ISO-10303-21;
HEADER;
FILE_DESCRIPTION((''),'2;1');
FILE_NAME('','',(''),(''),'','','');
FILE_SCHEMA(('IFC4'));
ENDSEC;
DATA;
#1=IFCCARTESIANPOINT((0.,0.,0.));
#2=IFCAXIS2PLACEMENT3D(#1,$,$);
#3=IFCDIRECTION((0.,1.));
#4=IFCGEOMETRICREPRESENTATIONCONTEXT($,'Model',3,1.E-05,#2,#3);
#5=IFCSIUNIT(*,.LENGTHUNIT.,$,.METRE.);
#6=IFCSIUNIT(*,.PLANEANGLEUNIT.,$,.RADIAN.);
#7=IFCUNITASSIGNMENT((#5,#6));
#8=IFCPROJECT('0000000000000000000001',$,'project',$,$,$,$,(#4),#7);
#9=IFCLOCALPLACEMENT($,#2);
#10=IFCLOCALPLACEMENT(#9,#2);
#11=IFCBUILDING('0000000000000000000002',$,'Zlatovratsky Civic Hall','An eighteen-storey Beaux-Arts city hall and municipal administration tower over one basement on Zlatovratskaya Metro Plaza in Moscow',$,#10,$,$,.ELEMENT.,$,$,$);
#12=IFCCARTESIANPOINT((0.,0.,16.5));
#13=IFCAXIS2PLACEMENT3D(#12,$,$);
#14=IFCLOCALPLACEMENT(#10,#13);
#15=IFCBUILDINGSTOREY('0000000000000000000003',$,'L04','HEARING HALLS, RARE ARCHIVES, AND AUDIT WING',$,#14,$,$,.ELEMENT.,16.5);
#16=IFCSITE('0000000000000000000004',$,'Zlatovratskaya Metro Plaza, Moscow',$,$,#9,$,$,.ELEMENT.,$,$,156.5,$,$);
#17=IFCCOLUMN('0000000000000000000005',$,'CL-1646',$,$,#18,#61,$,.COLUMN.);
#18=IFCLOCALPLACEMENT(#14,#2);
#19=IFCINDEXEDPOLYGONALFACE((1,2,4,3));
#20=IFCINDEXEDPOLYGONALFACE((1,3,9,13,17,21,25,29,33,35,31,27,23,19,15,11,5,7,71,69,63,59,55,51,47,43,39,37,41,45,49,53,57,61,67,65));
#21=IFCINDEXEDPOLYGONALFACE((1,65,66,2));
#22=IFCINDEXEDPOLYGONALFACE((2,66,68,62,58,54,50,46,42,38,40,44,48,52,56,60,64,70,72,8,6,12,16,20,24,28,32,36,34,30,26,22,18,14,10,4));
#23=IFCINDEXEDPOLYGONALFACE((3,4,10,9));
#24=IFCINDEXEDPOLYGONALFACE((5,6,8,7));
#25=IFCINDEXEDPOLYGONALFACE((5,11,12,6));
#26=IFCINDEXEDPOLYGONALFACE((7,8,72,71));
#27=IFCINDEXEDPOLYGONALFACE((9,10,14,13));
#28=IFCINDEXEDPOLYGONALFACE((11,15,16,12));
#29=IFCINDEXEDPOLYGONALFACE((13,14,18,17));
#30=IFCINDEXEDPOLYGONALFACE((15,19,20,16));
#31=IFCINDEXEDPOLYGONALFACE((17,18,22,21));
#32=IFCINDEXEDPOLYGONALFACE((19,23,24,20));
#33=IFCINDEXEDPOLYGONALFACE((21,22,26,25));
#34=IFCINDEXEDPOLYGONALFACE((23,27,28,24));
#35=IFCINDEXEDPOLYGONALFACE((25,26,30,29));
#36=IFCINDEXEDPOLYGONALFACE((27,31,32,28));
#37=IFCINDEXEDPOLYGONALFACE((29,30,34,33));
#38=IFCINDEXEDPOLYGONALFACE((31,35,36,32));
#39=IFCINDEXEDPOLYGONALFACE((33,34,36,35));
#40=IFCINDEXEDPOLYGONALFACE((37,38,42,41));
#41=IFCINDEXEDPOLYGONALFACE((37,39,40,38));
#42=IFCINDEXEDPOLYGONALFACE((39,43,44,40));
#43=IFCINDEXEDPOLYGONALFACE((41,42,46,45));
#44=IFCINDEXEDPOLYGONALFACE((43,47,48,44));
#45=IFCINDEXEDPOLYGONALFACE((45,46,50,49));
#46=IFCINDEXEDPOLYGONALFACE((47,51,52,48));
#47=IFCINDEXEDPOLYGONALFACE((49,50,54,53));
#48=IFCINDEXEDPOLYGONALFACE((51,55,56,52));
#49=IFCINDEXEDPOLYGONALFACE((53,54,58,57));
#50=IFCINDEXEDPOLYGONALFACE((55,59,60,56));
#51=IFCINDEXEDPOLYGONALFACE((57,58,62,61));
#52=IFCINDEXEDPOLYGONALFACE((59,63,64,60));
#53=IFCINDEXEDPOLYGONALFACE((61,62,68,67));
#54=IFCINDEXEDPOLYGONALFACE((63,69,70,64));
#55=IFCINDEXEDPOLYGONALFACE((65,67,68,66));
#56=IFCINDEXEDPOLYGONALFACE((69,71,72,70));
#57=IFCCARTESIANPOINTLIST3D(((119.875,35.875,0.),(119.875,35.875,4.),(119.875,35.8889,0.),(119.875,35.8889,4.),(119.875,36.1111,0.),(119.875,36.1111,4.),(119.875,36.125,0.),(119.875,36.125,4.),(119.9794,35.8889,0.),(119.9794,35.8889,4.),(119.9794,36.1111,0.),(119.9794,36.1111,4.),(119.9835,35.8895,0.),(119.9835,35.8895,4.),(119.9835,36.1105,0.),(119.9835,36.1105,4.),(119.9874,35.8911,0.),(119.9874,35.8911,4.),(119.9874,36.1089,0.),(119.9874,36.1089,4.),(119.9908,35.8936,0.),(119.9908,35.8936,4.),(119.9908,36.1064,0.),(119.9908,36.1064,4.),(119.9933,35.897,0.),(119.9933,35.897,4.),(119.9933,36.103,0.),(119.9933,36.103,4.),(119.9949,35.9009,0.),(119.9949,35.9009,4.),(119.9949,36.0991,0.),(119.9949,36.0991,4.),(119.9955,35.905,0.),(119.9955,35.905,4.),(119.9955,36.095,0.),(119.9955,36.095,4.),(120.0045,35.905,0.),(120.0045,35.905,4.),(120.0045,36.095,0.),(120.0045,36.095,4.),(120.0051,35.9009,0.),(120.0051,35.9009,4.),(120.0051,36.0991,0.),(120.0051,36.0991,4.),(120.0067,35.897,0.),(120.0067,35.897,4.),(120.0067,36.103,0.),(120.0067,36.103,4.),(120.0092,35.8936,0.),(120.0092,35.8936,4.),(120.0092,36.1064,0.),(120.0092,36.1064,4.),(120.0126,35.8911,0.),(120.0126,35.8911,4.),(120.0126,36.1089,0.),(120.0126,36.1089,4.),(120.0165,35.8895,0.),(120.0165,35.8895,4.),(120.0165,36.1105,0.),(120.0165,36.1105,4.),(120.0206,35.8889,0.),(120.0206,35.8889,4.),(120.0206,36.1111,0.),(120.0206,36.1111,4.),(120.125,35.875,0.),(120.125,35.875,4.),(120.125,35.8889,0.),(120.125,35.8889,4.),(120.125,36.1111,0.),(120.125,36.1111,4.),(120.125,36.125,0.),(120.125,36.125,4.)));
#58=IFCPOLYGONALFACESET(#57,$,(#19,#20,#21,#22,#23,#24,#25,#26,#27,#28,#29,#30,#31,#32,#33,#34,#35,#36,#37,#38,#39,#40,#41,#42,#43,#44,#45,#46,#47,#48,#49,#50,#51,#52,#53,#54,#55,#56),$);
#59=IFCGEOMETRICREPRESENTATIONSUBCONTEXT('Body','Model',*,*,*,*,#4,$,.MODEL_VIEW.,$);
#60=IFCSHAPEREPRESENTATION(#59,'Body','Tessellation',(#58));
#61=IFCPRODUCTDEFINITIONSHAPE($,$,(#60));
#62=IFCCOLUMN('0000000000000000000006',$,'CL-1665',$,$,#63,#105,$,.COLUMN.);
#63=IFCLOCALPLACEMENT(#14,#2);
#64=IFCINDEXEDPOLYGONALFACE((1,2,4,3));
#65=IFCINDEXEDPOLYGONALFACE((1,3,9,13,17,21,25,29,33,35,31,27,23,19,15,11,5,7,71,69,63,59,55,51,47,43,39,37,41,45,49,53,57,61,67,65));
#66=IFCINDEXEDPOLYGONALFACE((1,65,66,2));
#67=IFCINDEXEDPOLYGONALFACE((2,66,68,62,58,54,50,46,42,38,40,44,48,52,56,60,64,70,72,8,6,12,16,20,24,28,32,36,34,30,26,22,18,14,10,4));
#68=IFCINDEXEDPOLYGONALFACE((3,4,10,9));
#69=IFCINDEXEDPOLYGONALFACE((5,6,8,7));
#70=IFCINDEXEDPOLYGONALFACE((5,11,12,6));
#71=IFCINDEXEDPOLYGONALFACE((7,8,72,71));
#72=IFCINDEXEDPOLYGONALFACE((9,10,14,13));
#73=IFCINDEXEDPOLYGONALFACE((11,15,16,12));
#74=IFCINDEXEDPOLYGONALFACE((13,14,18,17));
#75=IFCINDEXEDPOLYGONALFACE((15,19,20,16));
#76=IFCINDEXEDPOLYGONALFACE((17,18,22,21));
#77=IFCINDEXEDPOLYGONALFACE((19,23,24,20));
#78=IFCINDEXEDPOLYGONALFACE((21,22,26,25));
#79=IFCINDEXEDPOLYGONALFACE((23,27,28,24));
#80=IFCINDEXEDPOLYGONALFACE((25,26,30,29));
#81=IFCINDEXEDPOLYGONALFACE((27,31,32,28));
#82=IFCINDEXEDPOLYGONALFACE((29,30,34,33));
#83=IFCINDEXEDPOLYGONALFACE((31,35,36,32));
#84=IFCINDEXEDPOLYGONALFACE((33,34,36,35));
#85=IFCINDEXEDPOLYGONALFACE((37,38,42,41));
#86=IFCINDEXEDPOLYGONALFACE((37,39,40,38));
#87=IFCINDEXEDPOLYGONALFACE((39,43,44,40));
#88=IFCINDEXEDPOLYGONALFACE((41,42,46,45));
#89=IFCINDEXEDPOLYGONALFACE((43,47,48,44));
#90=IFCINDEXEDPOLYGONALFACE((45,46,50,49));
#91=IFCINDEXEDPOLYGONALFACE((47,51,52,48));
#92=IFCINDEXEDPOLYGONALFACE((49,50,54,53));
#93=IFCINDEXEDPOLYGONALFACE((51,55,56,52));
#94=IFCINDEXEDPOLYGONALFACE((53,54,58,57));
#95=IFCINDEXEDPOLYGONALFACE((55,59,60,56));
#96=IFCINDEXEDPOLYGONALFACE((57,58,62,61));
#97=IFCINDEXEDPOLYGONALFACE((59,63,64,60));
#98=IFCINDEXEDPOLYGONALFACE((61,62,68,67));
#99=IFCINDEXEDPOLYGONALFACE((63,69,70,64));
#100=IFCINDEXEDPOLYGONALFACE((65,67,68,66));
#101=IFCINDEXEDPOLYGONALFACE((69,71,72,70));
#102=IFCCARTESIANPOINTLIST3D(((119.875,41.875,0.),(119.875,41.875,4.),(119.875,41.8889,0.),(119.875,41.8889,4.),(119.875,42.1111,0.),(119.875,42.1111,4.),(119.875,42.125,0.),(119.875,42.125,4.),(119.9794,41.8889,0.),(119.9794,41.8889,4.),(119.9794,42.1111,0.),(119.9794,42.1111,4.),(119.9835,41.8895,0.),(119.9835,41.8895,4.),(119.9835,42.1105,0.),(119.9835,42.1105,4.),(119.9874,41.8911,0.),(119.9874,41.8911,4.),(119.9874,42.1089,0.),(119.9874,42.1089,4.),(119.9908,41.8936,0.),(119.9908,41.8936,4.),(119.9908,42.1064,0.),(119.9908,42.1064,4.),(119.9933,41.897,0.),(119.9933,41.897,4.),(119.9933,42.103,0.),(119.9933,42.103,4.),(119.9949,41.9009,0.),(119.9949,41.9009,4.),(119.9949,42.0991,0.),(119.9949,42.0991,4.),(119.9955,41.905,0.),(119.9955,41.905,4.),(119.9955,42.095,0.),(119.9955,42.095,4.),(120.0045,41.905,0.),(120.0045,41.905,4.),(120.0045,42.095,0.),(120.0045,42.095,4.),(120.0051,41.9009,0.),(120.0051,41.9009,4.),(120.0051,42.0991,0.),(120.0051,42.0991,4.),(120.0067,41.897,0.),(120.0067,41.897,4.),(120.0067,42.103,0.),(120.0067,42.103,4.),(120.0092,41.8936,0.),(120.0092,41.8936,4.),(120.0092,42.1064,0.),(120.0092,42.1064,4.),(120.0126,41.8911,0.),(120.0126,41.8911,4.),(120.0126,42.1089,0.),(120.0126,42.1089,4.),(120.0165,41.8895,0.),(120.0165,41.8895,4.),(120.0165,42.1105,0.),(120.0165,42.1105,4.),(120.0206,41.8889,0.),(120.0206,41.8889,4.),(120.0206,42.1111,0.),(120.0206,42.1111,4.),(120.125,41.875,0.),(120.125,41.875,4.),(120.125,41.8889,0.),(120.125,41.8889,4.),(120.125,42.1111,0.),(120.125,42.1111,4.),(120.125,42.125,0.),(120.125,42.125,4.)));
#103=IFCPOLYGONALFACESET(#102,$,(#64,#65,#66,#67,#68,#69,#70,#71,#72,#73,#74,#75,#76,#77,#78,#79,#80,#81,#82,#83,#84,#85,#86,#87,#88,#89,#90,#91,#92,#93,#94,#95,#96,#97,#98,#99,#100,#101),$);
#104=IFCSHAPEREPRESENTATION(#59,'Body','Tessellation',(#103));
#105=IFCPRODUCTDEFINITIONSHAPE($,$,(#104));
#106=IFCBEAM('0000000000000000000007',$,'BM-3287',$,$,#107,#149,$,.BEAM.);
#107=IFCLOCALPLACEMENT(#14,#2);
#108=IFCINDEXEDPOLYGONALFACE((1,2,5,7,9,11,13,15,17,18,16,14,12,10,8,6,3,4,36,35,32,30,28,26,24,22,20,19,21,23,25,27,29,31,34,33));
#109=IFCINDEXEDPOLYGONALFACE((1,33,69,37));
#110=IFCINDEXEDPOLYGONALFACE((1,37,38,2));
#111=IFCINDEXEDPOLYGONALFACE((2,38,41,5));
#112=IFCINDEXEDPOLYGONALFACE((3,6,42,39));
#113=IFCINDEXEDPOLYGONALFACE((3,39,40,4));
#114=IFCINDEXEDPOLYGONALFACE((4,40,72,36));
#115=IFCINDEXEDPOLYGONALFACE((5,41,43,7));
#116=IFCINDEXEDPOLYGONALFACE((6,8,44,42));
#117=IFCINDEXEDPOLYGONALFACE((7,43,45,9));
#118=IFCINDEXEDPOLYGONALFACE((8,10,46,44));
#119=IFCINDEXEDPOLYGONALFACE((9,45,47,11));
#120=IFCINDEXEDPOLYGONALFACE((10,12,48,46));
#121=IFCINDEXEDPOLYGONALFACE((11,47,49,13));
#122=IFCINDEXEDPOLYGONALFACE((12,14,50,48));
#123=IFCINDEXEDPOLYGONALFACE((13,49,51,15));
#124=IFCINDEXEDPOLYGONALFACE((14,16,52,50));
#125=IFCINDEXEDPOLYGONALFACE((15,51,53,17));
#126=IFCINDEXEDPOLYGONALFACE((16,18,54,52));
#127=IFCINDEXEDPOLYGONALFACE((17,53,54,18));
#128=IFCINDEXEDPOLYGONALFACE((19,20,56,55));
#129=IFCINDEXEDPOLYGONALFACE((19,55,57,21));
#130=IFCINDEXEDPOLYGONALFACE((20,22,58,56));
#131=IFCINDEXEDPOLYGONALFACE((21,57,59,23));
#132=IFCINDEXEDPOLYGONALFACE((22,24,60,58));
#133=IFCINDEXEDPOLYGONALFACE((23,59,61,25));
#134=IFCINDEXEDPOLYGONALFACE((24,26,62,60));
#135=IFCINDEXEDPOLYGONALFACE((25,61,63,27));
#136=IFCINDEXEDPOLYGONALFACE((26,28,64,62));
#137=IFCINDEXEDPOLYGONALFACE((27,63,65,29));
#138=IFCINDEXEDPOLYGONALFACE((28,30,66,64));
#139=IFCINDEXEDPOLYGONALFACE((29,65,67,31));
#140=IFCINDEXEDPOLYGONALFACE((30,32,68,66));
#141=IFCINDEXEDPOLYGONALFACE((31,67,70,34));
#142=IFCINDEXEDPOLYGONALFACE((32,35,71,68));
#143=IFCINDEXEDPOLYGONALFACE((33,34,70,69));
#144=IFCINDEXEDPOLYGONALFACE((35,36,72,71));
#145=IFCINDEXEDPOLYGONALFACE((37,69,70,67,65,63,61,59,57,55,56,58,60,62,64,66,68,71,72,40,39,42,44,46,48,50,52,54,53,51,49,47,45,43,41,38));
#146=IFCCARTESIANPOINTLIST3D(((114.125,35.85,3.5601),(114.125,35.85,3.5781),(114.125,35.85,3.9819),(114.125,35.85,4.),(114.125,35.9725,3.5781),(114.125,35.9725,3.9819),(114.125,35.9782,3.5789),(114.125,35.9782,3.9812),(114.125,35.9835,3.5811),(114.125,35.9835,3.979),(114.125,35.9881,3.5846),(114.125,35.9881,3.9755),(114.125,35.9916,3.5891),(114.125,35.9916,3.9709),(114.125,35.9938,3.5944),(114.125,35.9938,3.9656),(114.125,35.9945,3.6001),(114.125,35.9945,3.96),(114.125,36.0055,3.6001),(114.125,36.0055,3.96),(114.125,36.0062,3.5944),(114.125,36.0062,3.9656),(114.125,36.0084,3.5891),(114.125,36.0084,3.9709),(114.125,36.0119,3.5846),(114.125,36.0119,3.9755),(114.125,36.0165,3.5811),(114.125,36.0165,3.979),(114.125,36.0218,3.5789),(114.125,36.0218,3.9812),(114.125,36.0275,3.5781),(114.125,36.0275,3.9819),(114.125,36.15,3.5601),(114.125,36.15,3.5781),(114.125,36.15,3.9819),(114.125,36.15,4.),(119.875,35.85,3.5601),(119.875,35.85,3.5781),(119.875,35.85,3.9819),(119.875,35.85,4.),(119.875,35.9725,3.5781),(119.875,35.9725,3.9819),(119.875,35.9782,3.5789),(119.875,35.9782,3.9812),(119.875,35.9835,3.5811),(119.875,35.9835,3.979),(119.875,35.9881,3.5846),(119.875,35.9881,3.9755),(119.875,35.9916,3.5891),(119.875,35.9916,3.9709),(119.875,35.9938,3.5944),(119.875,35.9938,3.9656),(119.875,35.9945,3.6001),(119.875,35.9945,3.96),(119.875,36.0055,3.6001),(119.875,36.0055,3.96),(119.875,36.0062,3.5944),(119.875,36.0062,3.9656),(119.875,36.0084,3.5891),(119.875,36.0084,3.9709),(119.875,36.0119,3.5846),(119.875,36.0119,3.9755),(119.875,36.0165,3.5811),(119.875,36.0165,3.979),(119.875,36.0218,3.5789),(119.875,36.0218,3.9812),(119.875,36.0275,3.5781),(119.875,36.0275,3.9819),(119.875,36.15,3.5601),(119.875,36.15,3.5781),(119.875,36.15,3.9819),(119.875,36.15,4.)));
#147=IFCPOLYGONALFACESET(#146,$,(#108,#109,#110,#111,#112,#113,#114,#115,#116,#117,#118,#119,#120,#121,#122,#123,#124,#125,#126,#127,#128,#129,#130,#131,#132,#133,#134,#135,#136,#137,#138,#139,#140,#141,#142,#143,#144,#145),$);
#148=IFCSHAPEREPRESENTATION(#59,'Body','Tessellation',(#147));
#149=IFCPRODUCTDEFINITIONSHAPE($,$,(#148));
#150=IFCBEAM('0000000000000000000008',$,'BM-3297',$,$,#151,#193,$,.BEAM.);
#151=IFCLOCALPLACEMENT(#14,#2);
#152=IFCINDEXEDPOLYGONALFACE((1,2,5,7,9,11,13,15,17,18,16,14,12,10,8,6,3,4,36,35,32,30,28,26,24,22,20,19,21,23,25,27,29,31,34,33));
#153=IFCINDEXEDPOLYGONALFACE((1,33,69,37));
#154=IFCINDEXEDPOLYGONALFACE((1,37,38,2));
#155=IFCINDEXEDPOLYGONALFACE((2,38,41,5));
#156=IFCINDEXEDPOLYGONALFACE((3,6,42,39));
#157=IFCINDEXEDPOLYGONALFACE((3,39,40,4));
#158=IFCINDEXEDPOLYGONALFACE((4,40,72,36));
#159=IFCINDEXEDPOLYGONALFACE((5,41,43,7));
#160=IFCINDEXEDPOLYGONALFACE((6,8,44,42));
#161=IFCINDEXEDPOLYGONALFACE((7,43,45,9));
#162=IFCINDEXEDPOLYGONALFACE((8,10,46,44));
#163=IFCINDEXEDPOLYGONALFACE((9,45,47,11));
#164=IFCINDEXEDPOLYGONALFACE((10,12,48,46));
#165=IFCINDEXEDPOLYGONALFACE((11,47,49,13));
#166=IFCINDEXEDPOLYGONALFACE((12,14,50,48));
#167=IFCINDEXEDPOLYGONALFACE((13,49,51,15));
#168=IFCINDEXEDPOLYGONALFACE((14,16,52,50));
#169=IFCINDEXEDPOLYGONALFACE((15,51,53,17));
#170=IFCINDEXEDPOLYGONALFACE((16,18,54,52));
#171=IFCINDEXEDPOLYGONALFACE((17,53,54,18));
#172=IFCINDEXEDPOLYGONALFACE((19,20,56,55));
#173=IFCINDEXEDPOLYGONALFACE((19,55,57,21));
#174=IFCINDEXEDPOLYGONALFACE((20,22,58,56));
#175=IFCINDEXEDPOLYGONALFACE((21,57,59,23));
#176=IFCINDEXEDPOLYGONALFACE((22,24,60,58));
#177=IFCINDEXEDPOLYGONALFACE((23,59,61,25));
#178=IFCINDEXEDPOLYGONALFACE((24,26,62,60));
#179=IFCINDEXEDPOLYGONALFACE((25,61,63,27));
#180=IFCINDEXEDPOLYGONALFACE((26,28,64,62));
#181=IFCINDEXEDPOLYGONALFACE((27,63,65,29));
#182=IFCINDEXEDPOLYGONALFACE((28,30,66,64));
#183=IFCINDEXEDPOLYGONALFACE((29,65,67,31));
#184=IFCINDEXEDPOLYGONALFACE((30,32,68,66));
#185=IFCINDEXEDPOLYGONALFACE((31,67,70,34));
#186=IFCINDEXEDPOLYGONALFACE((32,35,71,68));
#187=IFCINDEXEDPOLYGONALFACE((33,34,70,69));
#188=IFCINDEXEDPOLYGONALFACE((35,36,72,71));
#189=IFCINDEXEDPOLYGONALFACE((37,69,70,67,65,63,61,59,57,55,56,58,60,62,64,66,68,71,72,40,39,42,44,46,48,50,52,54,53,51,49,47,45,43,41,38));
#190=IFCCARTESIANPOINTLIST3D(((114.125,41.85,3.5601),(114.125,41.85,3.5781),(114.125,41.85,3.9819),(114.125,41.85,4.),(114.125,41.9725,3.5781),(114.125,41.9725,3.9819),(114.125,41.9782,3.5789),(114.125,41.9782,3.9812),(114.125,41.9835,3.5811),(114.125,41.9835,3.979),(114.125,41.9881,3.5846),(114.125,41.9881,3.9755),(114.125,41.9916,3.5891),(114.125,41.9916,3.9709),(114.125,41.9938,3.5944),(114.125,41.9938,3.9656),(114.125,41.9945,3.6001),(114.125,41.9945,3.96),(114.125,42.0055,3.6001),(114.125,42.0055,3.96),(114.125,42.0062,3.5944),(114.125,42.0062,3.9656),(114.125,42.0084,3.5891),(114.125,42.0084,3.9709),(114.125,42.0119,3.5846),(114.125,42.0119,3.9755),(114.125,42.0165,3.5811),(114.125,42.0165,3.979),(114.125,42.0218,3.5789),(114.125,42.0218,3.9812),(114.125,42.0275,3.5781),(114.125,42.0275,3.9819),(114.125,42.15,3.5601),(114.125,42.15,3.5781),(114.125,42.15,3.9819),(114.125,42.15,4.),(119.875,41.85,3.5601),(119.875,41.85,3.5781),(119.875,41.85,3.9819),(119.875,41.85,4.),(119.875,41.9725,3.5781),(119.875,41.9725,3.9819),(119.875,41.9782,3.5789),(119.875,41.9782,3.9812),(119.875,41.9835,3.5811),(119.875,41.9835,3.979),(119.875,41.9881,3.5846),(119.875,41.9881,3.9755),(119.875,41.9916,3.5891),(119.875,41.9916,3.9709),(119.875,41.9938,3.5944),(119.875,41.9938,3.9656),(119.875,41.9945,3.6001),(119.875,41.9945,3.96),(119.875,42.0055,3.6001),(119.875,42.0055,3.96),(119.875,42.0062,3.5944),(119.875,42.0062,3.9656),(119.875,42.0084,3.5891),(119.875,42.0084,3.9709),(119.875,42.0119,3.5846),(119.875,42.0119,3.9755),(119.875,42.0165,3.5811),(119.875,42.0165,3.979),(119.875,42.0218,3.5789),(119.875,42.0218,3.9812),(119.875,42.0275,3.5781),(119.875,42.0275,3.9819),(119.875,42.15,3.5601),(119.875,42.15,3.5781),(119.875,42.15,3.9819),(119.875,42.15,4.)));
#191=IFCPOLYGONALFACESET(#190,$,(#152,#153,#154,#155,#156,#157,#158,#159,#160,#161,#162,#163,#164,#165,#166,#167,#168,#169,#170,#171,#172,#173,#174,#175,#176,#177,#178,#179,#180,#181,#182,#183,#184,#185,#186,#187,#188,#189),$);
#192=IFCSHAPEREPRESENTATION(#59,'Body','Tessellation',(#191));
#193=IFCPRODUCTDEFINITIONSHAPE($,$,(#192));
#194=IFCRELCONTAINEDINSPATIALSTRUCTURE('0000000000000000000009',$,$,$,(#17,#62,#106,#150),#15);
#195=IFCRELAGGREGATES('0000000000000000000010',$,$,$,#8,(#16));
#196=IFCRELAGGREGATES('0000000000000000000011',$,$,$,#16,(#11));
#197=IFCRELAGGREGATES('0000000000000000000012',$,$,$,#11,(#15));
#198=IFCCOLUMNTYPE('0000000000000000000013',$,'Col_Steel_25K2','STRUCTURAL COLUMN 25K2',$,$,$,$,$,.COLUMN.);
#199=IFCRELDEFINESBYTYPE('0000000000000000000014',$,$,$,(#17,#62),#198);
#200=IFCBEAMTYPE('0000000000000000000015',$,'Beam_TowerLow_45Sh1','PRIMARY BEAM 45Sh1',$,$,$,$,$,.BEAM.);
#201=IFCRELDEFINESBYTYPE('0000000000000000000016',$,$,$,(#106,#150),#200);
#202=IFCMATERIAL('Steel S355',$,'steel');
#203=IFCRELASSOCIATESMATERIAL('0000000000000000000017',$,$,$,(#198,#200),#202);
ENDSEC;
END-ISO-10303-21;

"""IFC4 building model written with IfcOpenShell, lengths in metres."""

from ifc_helpers import new_model, si_unit, direction, frame, origin, origin_2d, place, context, subcontext, project, spatial, i_section, extrude, material, material_profile, profile_set, type_object, element, save


model = new_model("IFC4")

# Units and contexts
model_context = context("Model", 3, precision=1e-05, world=origin(), true_north=direction((0.0, 1.0)))
body_context = subcontext(model_context, "Body", "Model", "MODEL_VIEW")
ifc_project = project(units=[si_unit("LENGTHUNIT", "METRE"), si_unit("PLANEANGLEUNIT", "RADIAN")], contexts=[model_context])

# Site, building, storey
site_placement = place(None, origin())
site = spatial("IfcSite", under=ifc_project, at=site_placement, Name="Zlatovratskaya Metro Plaza, Moscow", CompositionType="ELEMENT", RefElevation=156.5)
building_placement = place(site_placement, origin())
building = spatial("IfcBuilding", under=site, at=building_placement, Name="Zlatovratsky Civic Hall", Description="An eighteen-storey Beaux-Arts city hall and municipal administration tower over one basement on Zlatovratskaya Metro Plaza in Moscow", CompositionType="ELEMENT")
storey_placement = place(building_placement, frame((0.0, 0.0, 16.5)))
storey = spatial("IfcBuildingStorey", under=building, at=storey_placement, Name="L04", Description="HEARING HALLS, RARE ARCHIVES, AND AUDIT WING", CompositionType="ELEMENT", Elevation=16.5)

# Columns
ifc_material_1 = material(Name="Steel S355", Category="steel")
ifc_material_profile_1 = material_profile(ifc_material_1, i_section(OverallWidth=0.25, OverallDepth=0.25, WebThickness=0.009, FlangeThickness=0.0139, FilletRadius=0.0161, at=origin_2d()), Name="25K2")
ifc_profile_set_1 = profile_set([ifc_material_profile_1], Name="Steel S355")
column_type = type_object("IfcColumnType", Name="Col_Steel_25K2", Description="STRUCTURAL COLUMN 25K2", PredefinedType="COLUMN", material=ifc_profile_set_1)
for number, where, z_axis, x_axis, name in (
    (1, (120.0, 36.0, 0.0), (0.0, 0.0, 1.0), (1.0, 0.0, 0.0), "CL-1646"),
    (2, (120.0, 42.0, 0.0), (0.0, 0.0, 1.0), (1.0, 0.0, 0.0), "CL-1665"),
):
    element("IfcColumn", number, at=place(storey_placement, frame(where, z_axis=z_axis, x_axis=x_axis)), inside=storey, type_object=column_type, Name=name, PredefinedType="COLUMN", context=body_context, shape_type="SweptSolid", body=[
        extrude(i_section(OverallWidth=0.25, OverallDepth=0.25, WebThickness=0.009, FlangeThickness=0.0139, FilletRadius=0.0161, at=origin_2d()), origin(), (0.0, 0.0, 1.0), 4.0),
    ])

# Beams
ifc_material_profile_2 = material_profile(ifc_material_1, i_section(OverallWidth=0.3, OverallDepth=0.4399, WebThickness=0.011, FlangeThickness=0.0181, FilletRadius=0.022, at=origin_2d()), Name="45Sh1")
ifc_profile_set_2 = profile_set([ifc_material_profile_2], Name="Steel S355")
beam_type = type_object("IfcBeamType", Name="Beam_TowerLow_45Sh1", Description="PRIMARY BEAM 45Sh1", PredefinedType="BEAM", material=ifc_profile_set_2)
for number, where, z_axis, x_axis, name in (
    (3, (114.125, 36.0, 3.78), (1.0, 0.0, 0.0), (0.0, 1.0, 0.0), "BM-3287"),
    (4, (114.125, 42.0, 3.78), (1.0, 0.0, 0.0), (0.0, 1.0, 0.0), "BM-3297"),
):
    element("IfcBeam", number, at=place(storey_placement, frame(where, z_axis=z_axis, x_axis=x_axis)), inside=storey, type_object=beam_type, Name=name, PredefinedType="BEAM", context=body_context, shape_type="SweptSolid", body=[
        extrude(i_section(OverallWidth=0.3, OverallDepth=0.4399, WebThickness=0.011, FlangeThickness=0.0181, FilletRadius=0.022, at=origin_2d()), origin(), (0.0, 0.0, 1.0), 5.75),
    ])

save(model, "model.ifc")
